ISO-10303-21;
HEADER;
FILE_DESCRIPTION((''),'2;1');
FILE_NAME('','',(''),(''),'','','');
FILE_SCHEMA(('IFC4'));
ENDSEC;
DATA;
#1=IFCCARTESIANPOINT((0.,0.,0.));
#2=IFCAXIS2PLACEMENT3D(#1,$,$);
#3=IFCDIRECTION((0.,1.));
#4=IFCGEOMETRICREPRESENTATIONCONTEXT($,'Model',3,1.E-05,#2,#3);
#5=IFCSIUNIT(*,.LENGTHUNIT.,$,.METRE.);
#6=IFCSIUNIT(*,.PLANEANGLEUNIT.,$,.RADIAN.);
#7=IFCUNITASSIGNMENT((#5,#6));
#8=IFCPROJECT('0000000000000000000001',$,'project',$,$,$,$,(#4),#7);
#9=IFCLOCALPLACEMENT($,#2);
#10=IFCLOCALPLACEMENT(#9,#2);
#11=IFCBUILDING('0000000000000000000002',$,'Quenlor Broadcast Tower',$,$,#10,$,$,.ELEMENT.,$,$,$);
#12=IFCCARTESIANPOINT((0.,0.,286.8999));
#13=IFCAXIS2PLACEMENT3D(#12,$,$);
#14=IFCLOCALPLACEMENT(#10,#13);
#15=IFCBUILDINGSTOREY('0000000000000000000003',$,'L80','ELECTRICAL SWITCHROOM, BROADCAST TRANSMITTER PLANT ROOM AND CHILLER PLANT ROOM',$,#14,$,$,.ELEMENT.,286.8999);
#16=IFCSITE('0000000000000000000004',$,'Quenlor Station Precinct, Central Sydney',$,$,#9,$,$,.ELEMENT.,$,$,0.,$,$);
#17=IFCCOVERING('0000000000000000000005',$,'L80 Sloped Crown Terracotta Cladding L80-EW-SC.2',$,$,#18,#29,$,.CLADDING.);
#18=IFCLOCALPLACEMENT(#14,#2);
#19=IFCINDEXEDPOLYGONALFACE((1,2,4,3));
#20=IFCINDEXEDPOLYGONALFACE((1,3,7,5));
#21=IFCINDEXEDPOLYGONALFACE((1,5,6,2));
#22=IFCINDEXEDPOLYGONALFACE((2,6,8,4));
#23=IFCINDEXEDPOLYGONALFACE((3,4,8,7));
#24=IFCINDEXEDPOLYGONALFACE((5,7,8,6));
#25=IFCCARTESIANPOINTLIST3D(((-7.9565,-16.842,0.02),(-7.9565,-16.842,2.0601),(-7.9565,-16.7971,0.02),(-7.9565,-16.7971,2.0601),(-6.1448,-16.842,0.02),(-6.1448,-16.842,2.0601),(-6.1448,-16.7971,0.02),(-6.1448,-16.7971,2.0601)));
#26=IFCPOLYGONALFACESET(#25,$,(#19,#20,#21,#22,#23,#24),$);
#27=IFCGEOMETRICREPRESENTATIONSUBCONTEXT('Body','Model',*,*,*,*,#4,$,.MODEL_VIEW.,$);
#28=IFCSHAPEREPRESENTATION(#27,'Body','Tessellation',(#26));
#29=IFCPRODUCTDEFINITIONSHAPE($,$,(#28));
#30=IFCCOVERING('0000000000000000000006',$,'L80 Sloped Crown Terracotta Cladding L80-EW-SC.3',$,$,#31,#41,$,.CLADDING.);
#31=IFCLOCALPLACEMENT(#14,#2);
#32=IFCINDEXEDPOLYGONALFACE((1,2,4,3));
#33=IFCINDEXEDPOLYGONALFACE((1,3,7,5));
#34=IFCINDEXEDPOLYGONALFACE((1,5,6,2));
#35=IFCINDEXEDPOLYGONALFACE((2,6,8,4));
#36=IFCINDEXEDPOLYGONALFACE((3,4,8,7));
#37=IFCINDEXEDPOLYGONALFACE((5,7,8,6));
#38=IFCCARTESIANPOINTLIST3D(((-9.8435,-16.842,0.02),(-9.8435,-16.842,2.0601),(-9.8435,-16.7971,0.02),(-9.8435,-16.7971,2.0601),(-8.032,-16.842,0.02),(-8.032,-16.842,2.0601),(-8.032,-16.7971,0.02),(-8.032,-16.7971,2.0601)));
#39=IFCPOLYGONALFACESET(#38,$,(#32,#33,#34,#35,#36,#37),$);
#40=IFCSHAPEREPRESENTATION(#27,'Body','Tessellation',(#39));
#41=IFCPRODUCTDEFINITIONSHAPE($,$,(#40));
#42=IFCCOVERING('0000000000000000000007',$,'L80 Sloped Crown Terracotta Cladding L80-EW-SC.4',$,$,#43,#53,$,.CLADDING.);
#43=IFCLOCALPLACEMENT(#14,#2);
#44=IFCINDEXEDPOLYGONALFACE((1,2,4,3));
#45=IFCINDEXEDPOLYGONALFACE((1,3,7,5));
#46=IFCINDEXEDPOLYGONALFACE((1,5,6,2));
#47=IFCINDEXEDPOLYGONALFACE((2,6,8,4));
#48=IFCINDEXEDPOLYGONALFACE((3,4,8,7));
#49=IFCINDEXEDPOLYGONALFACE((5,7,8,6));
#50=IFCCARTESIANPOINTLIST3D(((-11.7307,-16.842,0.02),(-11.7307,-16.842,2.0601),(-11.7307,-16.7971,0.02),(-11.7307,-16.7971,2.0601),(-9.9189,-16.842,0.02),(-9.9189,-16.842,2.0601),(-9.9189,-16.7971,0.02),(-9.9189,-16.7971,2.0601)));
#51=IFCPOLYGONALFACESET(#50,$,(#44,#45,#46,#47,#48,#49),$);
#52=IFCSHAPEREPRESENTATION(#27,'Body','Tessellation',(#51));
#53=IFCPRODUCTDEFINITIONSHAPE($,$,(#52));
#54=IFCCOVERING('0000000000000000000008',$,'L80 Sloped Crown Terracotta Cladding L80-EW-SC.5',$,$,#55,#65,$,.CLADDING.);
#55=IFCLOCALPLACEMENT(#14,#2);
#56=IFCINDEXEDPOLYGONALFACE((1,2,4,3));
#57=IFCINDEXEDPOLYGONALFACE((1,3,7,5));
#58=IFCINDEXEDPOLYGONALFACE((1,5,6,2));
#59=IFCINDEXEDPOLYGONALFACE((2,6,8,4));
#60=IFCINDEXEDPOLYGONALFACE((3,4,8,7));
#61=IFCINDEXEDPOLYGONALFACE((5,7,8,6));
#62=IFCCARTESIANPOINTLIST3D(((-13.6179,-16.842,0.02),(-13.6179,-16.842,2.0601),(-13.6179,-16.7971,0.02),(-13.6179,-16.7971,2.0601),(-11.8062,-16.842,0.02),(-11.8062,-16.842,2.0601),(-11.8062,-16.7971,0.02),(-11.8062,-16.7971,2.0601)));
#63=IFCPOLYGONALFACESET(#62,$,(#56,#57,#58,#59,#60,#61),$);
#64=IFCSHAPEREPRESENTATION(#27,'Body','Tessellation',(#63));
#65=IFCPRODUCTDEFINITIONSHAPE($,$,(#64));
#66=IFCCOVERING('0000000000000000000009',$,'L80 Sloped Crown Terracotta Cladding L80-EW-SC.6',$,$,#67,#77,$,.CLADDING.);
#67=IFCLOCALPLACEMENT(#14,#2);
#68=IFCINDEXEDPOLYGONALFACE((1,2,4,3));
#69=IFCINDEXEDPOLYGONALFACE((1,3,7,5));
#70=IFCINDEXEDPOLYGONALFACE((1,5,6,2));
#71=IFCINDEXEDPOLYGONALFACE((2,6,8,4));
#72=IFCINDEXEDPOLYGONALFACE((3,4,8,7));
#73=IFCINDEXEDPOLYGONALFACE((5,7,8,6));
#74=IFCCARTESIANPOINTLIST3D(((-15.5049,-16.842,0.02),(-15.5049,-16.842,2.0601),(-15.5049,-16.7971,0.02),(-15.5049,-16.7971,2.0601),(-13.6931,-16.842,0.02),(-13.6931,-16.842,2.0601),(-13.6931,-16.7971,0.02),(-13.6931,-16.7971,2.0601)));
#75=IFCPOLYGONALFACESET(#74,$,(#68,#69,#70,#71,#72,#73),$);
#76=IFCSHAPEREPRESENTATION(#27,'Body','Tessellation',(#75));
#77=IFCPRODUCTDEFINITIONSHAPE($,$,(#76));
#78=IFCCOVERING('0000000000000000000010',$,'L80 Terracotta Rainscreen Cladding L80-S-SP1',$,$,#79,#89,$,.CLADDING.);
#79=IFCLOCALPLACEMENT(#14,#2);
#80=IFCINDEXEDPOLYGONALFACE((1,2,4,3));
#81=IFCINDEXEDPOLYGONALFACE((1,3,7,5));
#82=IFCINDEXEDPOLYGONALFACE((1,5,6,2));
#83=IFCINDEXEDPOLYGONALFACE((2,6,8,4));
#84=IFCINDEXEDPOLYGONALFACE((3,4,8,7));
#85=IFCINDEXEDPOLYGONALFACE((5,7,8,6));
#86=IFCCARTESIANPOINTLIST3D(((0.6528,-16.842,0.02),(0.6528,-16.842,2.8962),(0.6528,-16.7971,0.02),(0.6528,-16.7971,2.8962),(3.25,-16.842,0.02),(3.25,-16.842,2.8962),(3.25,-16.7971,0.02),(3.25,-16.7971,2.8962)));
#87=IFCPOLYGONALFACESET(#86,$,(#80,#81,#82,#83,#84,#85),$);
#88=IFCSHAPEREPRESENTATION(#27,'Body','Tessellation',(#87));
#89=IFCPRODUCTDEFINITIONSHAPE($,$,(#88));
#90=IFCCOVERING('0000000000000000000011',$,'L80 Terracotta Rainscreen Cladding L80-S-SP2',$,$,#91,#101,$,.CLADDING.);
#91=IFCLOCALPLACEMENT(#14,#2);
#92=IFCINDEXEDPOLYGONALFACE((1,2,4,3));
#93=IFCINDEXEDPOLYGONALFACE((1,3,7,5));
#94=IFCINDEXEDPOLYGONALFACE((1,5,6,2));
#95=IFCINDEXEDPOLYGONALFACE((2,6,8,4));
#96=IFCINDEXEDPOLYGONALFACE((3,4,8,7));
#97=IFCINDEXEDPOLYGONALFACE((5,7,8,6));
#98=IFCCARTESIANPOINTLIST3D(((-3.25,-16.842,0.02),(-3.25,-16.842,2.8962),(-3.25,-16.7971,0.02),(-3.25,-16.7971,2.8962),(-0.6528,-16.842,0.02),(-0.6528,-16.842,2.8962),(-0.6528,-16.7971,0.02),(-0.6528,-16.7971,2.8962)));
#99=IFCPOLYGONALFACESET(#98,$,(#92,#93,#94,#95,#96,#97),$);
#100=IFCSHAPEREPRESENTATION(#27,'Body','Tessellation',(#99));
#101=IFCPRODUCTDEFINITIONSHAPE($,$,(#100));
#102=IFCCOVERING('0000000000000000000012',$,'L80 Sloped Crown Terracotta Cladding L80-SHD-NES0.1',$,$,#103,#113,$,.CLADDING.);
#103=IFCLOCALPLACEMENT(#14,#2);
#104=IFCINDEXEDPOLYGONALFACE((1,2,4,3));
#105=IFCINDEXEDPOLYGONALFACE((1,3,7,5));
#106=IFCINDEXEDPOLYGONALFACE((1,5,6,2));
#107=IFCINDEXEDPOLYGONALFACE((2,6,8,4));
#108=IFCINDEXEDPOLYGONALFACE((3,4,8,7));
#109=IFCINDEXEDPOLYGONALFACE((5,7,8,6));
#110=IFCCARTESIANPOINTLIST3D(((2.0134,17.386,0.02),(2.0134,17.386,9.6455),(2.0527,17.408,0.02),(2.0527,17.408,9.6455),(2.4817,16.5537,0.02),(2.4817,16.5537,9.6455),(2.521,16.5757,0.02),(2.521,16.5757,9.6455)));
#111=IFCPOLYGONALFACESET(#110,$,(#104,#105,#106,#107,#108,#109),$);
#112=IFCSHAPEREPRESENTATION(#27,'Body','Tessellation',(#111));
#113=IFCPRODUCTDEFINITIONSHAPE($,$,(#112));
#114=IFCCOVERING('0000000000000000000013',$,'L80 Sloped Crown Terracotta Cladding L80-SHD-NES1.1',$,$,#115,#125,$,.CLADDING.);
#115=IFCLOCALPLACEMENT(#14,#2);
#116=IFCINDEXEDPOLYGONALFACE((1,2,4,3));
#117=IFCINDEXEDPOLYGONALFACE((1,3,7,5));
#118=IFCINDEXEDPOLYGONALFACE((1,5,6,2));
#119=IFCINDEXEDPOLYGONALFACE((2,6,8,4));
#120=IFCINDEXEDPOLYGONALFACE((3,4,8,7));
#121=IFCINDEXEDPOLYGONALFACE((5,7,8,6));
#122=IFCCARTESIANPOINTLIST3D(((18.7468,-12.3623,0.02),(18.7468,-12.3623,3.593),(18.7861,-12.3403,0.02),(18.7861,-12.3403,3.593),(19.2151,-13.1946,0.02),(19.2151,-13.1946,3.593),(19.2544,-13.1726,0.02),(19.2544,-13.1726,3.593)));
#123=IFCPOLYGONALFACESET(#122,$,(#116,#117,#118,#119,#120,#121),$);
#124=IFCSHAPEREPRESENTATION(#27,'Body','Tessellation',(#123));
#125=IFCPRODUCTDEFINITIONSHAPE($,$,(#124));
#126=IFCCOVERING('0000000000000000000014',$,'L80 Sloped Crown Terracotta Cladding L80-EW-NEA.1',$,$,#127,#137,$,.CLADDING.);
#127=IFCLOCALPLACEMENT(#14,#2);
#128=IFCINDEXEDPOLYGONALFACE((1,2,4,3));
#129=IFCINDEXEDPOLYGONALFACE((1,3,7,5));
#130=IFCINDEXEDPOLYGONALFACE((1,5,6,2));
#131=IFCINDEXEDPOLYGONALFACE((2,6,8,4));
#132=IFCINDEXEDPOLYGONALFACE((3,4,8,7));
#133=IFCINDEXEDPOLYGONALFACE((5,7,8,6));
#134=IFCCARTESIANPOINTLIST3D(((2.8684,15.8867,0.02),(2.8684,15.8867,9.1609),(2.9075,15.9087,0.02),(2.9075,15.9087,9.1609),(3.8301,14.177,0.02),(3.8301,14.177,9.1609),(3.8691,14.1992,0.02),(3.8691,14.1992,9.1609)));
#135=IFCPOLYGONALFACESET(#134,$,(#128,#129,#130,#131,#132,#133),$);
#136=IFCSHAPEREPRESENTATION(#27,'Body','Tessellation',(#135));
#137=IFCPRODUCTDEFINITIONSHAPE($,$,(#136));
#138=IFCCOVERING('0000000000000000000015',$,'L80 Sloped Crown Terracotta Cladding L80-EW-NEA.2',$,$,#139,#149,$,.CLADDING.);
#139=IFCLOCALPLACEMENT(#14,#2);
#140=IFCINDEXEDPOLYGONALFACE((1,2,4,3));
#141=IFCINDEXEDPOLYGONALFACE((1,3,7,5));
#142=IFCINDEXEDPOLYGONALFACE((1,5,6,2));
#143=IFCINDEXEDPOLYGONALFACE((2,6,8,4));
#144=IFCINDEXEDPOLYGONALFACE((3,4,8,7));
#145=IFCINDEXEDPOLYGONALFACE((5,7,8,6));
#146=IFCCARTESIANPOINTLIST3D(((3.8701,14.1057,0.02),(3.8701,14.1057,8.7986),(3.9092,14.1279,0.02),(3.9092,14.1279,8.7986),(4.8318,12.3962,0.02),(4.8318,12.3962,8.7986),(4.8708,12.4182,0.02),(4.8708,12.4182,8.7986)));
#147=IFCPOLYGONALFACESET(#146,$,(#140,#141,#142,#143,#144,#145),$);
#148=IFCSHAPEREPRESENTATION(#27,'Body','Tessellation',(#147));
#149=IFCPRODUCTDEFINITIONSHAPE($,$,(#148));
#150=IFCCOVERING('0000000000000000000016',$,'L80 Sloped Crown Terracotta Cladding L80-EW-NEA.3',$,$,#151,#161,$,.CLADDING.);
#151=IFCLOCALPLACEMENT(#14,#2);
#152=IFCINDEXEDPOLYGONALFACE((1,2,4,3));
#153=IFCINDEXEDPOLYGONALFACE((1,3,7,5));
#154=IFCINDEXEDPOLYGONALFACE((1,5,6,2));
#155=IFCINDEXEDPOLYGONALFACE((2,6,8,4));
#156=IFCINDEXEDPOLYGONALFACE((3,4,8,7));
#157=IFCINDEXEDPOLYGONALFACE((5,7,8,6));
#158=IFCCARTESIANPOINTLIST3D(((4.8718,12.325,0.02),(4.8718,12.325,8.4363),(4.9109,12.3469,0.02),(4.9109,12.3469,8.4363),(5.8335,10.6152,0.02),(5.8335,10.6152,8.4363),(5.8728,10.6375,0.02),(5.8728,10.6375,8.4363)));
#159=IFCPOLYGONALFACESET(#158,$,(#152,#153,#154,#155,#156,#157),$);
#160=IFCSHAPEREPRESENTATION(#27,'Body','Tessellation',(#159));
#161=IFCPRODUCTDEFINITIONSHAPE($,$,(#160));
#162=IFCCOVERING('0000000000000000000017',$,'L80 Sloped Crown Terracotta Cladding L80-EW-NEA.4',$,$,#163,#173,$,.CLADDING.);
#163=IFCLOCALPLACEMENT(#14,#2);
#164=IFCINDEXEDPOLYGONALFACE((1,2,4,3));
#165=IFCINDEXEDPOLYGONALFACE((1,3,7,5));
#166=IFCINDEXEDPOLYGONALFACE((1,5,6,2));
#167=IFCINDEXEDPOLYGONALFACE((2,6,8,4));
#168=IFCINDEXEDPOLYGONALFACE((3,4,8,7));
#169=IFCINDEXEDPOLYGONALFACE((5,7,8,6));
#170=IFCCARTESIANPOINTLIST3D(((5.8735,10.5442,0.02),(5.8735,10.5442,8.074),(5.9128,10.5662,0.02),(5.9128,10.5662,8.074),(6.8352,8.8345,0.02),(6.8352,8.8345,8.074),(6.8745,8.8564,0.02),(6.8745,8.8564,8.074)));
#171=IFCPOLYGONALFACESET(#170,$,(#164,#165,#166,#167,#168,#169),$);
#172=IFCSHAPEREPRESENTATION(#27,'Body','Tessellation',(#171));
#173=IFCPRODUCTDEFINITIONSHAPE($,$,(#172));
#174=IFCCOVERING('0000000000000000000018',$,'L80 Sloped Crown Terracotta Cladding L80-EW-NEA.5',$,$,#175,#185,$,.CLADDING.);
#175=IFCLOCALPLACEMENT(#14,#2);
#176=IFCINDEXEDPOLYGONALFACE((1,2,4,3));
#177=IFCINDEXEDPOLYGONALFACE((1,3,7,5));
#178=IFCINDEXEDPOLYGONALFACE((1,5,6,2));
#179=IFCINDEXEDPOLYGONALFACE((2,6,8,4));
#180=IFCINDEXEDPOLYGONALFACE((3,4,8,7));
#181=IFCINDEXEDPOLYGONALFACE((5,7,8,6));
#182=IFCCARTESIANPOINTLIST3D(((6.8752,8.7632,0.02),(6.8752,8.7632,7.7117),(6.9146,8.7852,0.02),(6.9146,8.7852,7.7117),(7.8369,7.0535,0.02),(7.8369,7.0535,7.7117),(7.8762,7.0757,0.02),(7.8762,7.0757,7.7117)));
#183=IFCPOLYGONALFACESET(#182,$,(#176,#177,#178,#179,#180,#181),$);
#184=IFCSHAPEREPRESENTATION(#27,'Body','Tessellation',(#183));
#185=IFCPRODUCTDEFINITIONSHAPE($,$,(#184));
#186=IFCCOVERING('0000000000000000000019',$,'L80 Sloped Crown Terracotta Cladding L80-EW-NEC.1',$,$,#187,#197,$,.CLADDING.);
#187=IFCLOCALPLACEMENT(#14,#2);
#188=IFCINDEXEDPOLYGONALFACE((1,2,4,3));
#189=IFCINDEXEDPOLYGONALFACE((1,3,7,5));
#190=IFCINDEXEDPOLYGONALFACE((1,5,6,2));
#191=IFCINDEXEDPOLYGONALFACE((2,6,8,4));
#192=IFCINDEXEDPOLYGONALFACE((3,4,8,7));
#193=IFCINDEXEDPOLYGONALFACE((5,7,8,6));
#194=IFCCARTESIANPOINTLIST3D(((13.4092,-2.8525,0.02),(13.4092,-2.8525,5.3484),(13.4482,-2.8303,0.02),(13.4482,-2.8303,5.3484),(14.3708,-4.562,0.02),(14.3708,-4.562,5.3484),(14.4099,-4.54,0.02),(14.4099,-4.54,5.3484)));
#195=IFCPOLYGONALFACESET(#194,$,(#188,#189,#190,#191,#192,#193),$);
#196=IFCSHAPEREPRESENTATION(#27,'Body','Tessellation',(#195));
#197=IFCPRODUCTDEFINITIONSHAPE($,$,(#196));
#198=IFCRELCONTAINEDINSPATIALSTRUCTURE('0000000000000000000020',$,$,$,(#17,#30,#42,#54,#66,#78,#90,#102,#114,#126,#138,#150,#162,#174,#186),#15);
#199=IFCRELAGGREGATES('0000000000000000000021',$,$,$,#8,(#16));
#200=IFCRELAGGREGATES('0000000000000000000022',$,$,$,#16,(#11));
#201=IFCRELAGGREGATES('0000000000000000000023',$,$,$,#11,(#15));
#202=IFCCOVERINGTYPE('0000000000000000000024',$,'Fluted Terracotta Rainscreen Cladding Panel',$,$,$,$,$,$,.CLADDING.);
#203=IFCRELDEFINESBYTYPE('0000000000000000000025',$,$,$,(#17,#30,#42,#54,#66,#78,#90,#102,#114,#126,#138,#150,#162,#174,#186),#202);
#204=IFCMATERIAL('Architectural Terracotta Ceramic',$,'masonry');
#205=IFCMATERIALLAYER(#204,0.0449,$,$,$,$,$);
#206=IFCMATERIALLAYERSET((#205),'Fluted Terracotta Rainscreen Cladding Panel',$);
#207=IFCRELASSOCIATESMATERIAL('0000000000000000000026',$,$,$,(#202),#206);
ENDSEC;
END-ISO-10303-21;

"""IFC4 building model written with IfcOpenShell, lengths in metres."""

from ifc_helpers import new_model, si_unit, direction, frame, origin, place, context, subcontext, project, spatial, polyline, outline, extrude, material, layer, layer_set, type_object, element, save


model = new_model("IFC4")

# Units and contexts
model_context = context("Model", 3, precision=1e-05, world=origin(), true_north=direction((0.0, 1.0)))
body_context = subcontext(model_context, "Body", "Model", "MODEL_VIEW")
ifc_project = project(units=[si_unit("LENGTHUNIT", "METRE"), si_unit("PLANEANGLEUNIT", "RADIAN")], contexts=[model_context])

# Site, building, storey
site_placement = place(None, origin())
site = spatial("IfcSite", under=ifc_project, at=site_placement, Name="Quenlor Station Precinct, Central Sydney", CompositionType="ELEMENT", RefElevation=0.0)
building_placement = place(site_placement, origin())
building = spatial("IfcBuilding", under=site, at=building_placement, Name="Quenlor Broadcast Tower", CompositionType="ELEMENT")
storey_placement = place(building_placement, frame((0.0, 0.0, 286.8999)))
storey = spatial("IfcBuildingStorey", under=building, at=storey_placement, Name="L80", Description="ELECTRICAL SWITCHROOM, BROADCAST TRANSMITTER PLANT ROOM AND CHILLER PLANT ROOM", CompositionType="ELEMENT", Elevation=286.8999)

# Coverings
ifc_material = material(Name="Architectural Terracotta Ceramic", Category="masonry")
ifc_layer = layer(ifc_material, 0.0449)
ifc_layer_set = layer_set([ifc_layer], Name="Fluted Terracotta Rainscreen Cladding Panel")
covering_type = type_object("IfcCoveringType", Name="Fluted Terracotta Rainscreen Cladding Panel", PredefinedType="CLADDING", material=ifc_layer_set)
covering_1_placement = place(storey_placement, frame((0.0, 0.0, 0.02)))
element("IfcCovering", 1, at=covering_1_placement, inside=storey, type_object=covering_type, Name="L80 Sloped Crown Terracotta Cladding L80-EW-SC.2", PredefinedType="CLADDING", context=body_context, shape_type="SweptSolid", body=[
    extrude(outline(polyline([(-6.1448, -16.7971), (-7.9565, -16.7971), (-7.9565, -16.842), (-6.1448, -16.842), (-6.1448, -16.7971)])), origin(), (0.0, 0.0, 1.0), 2.04),
])
covering_2_placement = place(storey_placement, frame((0.0, 0.0, 0.02)))
element("IfcCovering", 2, at=covering_2_placement, inside=storey, type_object=covering_type, Name="L80 Sloped Crown Terracotta Cladding L80-EW-SC.3", PredefinedType="CLADDING", context=body_context, shape_type="SweptSolid", body=[
    extrude(outline(polyline([(-8.032, -16.7971), (-9.8435, -16.7971), (-9.8435, -16.842), (-8.032, -16.842), (-8.032, -16.7971)])), origin(), (0.0, 0.0, 1.0), 2.04),
])
covering_3_placement = place(storey_placement, frame((0.0, 0.0, 0.02)))
element("IfcCovering", 3, at=covering_3_placement, inside=storey, type_object=covering_type, Name="L80 Sloped Crown Terracotta Cladding L80-EW-SC.4", PredefinedType="CLADDING", context=body_context, shape_type="SweptSolid", body=[
    extrude(outline(polyline([(-9.9189, -16.7971), (-11.7307, -16.7971), (-11.7307, -16.842), (-9.9189, -16.842), (-9.9189, -16.7971)])), origin(), (0.0, 0.0, 1.0), 2.04),
])
covering_4_placement = place(storey_placement, frame((0.0, 0.0, 0.02)))
element("IfcCovering", 4, at=covering_4_placement, inside=storey, type_object=covering_type, Name="L80 Sloped Crown Terracotta Cladding L80-EW-SC.5", PredefinedType="CLADDING", context=body_context, shape_type="SweptSolid", body=[
    extrude(outline(polyline([(-11.8062, -16.7971), (-13.6179, -16.7971), (-13.6179, -16.842), (-11.8062, -16.842), (-11.8062, -16.7971)])), origin(), (0.0, 0.0, 1.0), 2.04),
])
covering_5_placement = place(storey_placement, frame((0.0, 0.0, 0.02)))
element("IfcCovering", 5, at=covering_5_placement, inside=storey, type_object=covering_type, Name="L80 Sloped Crown Terracotta Cladding L80-EW-SC.6", PredefinedType="CLADDING", context=body_context, shape_type="SweptSolid", body=[
    extrude(outline(polyline([(-13.6931, -16.7971), (-15.5049, -16.7971), (-15.5049, -16.842), (-13.6931, -16.842), (-13.6931, -16.7971)])), origin(), (0.0, 0.0, 1.0), 2.04),
])
covering_6_placement = place(storey_placement, frame((0.0, 0.0, 0.02)))
element("IfcCovering", 6, at=covering_6_placement, inside=storey, type_object=covering_type, Name="L80 Terracotta Rainscreen Cladding L80-S-SP1", PredefinedType="CLADDING", context=body_context, shape_type="SweptSolid", body=[
    extrude(outline(polyline([(3.25, -16.7971), (0.6528, -16.7971), (0.6528, -16.842), (3.25, -16.842), (3.25, -16.7971)])), origin(), (0.0, 0.0, 1.0), 2.8762),
])
covering_7_placement = place(storey_placement, frame((0.0, 0.0, 0.02)))
element("IfcCovering", 7, at=covering_7_placement, inside=storey, type_object=covering_type, Name="L80 Terracotta Rainscreen Cladding L80-S-SP2", PredefinedType="CLADDING", context=body_context, shape_type="SweptSolid", body=[
    extrude(outline(polyline([(-0.6528, -16.7971), (-3.25, -16.7971), (-3.25, -16.842), (-0.6528, -16.842), (-0.6528, -16.7971)])), origin(), (0.0, 0.0, 1.0), 2.8762),
])
covering_8_placement = place(storey_placement, frame((0.0, 0.0, 0.02)))
element("IfcCovering", 8, at=covering_8_placement, inside=storey, type_object=covering_type, Name="L80 Sloped Crown Terracotta Cladding L80-SHD-NES0.1", PredefinedType="CLADDING", context=body_context, shape_type="SweptSolid", body=[
    extrude(outline(polyline([(2.0134, 17.386), (2.4817, 16.5537), (2.521, 16.5757), (2.0527, 17.408), (2.0134, 17.386)])), origin(), (0.0, 0.0, 1.0), 9.6255),
])
covering_9_placement = place(storey_placement, frame((0.0, 0.0, 0.02)))
element("IfcCovering", 9, at=covering_9_placement, inside=storey, type_object=covering_type, Name="L80 Sloped Crown Terracotta Cladding L80-SHD-NES1.1", PredefinedType="CLADDING", context=body_context, shape_type="SweptSolid", body=[
    extrude(outline(polyline([(18.7468, -12.3623), (19.2151, -13.1946), (19.2544, -13.1726), (18.7861, -12.3403), (18.7468, -12.3623)])), origin(), (0.0, 0.0, 1.0), 3.573),
])
covering_10_placement = place(storey_placement, frame((0.0, 0.0, 0.02)))
element("IfcCovering", 10, at=covering_10_placement, inside=storey, type_object=covering_type, Name="L80 Sloped Crown Terracotta Cladding L80-EW-NEA.1", PredefinedType="CLADDING", context=body_context, shape_type="SweptSolid", body=[
    extrude(outline(polyline([(2.8684, 15.8867), (3.8301, 14.177), (3.8691, 14.1992), (2.9075, 15.9087), (2.8684, 15.8867)])), origin(), (0.0, 0.0, 1.0), 9.1409),
])
covering_11_placement = place(storey_placement, frame((0.0, 0.0, 0.02)))
element("IfcCovering", 11, at=covering_11_placement, inside=storey, type_object=covering_type, Name="L80 Sloped Crown Terracotta Cladding L80-EW-NEA.2", PredefinedType="CLADDING", context=body_context, shape_type="SweptSolid", body=[
    extrude(outline(polyline([(3.8701, 14.1057), (4.8318, 12.3962), (4.8708, 12.4182), (3.9092, 14.1279), (3.8701, 14.1057)])), origin(), (0.0, 0.0, 1.0), 8.7786),
])
covering_12_placement = place(storey_placement, frame((0.0, 0.0, 0.02)))
element("IfcCovering", 12, at=covering_12_placement, inside=storey, type_object=covering_type, Name="L80 Sloped Crown Terracotta Cladding L80-EW-NEA.3", PredefinedType="CLADDING", context=body_context, shape_type="SweptSolid", body=[
    extrude(outline(polyline([(4.8718, 12.325), (5.8335, 10.6152), (5.8728, 10.6375), (4.9109, 12.3469), (4.8718, 12.325)])), origin(), (0.0, 0.0, 1.0), 8.4163),
])
covering_13_placement = place(storey_placement, frame((0.0, 0.0, 0.02)))
element("IfcCovering", 13, at=covering_13_placement, inside=storey, type_object=covering_type, Name="L80 Sloped Crown Terracotta Cladding L80-EW-NEA.4", PredefinedType="CLADDING", context=body_context, shape_type="SweptSolid", body=[
    extrude(outline(polyline([(5.8735, 10.5442), (6.8352, 8.8345), (6.8745, 8.8564), (5.9128, 10.5662), (5.8735, 10.5442)])), origin(), (0.0, 0.0, 1.0), 8.054),
])
covering_14_placement = place(storey_placement, frame((0.0, 0.0, 0.02)))
element("IfcCovering", 14, at=covering_14_placement, inside=storey, type_object=covering_type, Name="L80 Sloped Crown Terracotta Cladding L80-EW-NEA.5", PredefinedType="CLADDING", context=body_context, shape_type="SweptSolid", body=[
    extrude(outline(polyline([(6.8752, 8.7632), (7.8369, 7.0535), (7.8762, 7.0757), (6.9146, 8.7852), (6.8752, 8.7632)])), origin(), (0.0, 0.0, 1.0), 7.6917),
])
covering_15_placement = place(storey_placement, frame((0.0, 0.0, 0.02)))
element("IfcCovering", 15, at=covering_15_placement, inside=storey, type_object=covering_type, Name="L80 Sloped Crown Terracotta Cladding L80-EW-NEC.1", PredefinedType="CLADDING", context=body_context, shape_type="SweptSolid", body=[
    extrude(outline(polyline([(13.4092, -2.8525), (14.3708, -4.562), (14.4099, -4.54), (13.4482, -2.8303), (13.4092, -2.8525)])), origin(), (0.0, 0.0, 1.0), 5.3284),
])

save(model, "model.ifc")
